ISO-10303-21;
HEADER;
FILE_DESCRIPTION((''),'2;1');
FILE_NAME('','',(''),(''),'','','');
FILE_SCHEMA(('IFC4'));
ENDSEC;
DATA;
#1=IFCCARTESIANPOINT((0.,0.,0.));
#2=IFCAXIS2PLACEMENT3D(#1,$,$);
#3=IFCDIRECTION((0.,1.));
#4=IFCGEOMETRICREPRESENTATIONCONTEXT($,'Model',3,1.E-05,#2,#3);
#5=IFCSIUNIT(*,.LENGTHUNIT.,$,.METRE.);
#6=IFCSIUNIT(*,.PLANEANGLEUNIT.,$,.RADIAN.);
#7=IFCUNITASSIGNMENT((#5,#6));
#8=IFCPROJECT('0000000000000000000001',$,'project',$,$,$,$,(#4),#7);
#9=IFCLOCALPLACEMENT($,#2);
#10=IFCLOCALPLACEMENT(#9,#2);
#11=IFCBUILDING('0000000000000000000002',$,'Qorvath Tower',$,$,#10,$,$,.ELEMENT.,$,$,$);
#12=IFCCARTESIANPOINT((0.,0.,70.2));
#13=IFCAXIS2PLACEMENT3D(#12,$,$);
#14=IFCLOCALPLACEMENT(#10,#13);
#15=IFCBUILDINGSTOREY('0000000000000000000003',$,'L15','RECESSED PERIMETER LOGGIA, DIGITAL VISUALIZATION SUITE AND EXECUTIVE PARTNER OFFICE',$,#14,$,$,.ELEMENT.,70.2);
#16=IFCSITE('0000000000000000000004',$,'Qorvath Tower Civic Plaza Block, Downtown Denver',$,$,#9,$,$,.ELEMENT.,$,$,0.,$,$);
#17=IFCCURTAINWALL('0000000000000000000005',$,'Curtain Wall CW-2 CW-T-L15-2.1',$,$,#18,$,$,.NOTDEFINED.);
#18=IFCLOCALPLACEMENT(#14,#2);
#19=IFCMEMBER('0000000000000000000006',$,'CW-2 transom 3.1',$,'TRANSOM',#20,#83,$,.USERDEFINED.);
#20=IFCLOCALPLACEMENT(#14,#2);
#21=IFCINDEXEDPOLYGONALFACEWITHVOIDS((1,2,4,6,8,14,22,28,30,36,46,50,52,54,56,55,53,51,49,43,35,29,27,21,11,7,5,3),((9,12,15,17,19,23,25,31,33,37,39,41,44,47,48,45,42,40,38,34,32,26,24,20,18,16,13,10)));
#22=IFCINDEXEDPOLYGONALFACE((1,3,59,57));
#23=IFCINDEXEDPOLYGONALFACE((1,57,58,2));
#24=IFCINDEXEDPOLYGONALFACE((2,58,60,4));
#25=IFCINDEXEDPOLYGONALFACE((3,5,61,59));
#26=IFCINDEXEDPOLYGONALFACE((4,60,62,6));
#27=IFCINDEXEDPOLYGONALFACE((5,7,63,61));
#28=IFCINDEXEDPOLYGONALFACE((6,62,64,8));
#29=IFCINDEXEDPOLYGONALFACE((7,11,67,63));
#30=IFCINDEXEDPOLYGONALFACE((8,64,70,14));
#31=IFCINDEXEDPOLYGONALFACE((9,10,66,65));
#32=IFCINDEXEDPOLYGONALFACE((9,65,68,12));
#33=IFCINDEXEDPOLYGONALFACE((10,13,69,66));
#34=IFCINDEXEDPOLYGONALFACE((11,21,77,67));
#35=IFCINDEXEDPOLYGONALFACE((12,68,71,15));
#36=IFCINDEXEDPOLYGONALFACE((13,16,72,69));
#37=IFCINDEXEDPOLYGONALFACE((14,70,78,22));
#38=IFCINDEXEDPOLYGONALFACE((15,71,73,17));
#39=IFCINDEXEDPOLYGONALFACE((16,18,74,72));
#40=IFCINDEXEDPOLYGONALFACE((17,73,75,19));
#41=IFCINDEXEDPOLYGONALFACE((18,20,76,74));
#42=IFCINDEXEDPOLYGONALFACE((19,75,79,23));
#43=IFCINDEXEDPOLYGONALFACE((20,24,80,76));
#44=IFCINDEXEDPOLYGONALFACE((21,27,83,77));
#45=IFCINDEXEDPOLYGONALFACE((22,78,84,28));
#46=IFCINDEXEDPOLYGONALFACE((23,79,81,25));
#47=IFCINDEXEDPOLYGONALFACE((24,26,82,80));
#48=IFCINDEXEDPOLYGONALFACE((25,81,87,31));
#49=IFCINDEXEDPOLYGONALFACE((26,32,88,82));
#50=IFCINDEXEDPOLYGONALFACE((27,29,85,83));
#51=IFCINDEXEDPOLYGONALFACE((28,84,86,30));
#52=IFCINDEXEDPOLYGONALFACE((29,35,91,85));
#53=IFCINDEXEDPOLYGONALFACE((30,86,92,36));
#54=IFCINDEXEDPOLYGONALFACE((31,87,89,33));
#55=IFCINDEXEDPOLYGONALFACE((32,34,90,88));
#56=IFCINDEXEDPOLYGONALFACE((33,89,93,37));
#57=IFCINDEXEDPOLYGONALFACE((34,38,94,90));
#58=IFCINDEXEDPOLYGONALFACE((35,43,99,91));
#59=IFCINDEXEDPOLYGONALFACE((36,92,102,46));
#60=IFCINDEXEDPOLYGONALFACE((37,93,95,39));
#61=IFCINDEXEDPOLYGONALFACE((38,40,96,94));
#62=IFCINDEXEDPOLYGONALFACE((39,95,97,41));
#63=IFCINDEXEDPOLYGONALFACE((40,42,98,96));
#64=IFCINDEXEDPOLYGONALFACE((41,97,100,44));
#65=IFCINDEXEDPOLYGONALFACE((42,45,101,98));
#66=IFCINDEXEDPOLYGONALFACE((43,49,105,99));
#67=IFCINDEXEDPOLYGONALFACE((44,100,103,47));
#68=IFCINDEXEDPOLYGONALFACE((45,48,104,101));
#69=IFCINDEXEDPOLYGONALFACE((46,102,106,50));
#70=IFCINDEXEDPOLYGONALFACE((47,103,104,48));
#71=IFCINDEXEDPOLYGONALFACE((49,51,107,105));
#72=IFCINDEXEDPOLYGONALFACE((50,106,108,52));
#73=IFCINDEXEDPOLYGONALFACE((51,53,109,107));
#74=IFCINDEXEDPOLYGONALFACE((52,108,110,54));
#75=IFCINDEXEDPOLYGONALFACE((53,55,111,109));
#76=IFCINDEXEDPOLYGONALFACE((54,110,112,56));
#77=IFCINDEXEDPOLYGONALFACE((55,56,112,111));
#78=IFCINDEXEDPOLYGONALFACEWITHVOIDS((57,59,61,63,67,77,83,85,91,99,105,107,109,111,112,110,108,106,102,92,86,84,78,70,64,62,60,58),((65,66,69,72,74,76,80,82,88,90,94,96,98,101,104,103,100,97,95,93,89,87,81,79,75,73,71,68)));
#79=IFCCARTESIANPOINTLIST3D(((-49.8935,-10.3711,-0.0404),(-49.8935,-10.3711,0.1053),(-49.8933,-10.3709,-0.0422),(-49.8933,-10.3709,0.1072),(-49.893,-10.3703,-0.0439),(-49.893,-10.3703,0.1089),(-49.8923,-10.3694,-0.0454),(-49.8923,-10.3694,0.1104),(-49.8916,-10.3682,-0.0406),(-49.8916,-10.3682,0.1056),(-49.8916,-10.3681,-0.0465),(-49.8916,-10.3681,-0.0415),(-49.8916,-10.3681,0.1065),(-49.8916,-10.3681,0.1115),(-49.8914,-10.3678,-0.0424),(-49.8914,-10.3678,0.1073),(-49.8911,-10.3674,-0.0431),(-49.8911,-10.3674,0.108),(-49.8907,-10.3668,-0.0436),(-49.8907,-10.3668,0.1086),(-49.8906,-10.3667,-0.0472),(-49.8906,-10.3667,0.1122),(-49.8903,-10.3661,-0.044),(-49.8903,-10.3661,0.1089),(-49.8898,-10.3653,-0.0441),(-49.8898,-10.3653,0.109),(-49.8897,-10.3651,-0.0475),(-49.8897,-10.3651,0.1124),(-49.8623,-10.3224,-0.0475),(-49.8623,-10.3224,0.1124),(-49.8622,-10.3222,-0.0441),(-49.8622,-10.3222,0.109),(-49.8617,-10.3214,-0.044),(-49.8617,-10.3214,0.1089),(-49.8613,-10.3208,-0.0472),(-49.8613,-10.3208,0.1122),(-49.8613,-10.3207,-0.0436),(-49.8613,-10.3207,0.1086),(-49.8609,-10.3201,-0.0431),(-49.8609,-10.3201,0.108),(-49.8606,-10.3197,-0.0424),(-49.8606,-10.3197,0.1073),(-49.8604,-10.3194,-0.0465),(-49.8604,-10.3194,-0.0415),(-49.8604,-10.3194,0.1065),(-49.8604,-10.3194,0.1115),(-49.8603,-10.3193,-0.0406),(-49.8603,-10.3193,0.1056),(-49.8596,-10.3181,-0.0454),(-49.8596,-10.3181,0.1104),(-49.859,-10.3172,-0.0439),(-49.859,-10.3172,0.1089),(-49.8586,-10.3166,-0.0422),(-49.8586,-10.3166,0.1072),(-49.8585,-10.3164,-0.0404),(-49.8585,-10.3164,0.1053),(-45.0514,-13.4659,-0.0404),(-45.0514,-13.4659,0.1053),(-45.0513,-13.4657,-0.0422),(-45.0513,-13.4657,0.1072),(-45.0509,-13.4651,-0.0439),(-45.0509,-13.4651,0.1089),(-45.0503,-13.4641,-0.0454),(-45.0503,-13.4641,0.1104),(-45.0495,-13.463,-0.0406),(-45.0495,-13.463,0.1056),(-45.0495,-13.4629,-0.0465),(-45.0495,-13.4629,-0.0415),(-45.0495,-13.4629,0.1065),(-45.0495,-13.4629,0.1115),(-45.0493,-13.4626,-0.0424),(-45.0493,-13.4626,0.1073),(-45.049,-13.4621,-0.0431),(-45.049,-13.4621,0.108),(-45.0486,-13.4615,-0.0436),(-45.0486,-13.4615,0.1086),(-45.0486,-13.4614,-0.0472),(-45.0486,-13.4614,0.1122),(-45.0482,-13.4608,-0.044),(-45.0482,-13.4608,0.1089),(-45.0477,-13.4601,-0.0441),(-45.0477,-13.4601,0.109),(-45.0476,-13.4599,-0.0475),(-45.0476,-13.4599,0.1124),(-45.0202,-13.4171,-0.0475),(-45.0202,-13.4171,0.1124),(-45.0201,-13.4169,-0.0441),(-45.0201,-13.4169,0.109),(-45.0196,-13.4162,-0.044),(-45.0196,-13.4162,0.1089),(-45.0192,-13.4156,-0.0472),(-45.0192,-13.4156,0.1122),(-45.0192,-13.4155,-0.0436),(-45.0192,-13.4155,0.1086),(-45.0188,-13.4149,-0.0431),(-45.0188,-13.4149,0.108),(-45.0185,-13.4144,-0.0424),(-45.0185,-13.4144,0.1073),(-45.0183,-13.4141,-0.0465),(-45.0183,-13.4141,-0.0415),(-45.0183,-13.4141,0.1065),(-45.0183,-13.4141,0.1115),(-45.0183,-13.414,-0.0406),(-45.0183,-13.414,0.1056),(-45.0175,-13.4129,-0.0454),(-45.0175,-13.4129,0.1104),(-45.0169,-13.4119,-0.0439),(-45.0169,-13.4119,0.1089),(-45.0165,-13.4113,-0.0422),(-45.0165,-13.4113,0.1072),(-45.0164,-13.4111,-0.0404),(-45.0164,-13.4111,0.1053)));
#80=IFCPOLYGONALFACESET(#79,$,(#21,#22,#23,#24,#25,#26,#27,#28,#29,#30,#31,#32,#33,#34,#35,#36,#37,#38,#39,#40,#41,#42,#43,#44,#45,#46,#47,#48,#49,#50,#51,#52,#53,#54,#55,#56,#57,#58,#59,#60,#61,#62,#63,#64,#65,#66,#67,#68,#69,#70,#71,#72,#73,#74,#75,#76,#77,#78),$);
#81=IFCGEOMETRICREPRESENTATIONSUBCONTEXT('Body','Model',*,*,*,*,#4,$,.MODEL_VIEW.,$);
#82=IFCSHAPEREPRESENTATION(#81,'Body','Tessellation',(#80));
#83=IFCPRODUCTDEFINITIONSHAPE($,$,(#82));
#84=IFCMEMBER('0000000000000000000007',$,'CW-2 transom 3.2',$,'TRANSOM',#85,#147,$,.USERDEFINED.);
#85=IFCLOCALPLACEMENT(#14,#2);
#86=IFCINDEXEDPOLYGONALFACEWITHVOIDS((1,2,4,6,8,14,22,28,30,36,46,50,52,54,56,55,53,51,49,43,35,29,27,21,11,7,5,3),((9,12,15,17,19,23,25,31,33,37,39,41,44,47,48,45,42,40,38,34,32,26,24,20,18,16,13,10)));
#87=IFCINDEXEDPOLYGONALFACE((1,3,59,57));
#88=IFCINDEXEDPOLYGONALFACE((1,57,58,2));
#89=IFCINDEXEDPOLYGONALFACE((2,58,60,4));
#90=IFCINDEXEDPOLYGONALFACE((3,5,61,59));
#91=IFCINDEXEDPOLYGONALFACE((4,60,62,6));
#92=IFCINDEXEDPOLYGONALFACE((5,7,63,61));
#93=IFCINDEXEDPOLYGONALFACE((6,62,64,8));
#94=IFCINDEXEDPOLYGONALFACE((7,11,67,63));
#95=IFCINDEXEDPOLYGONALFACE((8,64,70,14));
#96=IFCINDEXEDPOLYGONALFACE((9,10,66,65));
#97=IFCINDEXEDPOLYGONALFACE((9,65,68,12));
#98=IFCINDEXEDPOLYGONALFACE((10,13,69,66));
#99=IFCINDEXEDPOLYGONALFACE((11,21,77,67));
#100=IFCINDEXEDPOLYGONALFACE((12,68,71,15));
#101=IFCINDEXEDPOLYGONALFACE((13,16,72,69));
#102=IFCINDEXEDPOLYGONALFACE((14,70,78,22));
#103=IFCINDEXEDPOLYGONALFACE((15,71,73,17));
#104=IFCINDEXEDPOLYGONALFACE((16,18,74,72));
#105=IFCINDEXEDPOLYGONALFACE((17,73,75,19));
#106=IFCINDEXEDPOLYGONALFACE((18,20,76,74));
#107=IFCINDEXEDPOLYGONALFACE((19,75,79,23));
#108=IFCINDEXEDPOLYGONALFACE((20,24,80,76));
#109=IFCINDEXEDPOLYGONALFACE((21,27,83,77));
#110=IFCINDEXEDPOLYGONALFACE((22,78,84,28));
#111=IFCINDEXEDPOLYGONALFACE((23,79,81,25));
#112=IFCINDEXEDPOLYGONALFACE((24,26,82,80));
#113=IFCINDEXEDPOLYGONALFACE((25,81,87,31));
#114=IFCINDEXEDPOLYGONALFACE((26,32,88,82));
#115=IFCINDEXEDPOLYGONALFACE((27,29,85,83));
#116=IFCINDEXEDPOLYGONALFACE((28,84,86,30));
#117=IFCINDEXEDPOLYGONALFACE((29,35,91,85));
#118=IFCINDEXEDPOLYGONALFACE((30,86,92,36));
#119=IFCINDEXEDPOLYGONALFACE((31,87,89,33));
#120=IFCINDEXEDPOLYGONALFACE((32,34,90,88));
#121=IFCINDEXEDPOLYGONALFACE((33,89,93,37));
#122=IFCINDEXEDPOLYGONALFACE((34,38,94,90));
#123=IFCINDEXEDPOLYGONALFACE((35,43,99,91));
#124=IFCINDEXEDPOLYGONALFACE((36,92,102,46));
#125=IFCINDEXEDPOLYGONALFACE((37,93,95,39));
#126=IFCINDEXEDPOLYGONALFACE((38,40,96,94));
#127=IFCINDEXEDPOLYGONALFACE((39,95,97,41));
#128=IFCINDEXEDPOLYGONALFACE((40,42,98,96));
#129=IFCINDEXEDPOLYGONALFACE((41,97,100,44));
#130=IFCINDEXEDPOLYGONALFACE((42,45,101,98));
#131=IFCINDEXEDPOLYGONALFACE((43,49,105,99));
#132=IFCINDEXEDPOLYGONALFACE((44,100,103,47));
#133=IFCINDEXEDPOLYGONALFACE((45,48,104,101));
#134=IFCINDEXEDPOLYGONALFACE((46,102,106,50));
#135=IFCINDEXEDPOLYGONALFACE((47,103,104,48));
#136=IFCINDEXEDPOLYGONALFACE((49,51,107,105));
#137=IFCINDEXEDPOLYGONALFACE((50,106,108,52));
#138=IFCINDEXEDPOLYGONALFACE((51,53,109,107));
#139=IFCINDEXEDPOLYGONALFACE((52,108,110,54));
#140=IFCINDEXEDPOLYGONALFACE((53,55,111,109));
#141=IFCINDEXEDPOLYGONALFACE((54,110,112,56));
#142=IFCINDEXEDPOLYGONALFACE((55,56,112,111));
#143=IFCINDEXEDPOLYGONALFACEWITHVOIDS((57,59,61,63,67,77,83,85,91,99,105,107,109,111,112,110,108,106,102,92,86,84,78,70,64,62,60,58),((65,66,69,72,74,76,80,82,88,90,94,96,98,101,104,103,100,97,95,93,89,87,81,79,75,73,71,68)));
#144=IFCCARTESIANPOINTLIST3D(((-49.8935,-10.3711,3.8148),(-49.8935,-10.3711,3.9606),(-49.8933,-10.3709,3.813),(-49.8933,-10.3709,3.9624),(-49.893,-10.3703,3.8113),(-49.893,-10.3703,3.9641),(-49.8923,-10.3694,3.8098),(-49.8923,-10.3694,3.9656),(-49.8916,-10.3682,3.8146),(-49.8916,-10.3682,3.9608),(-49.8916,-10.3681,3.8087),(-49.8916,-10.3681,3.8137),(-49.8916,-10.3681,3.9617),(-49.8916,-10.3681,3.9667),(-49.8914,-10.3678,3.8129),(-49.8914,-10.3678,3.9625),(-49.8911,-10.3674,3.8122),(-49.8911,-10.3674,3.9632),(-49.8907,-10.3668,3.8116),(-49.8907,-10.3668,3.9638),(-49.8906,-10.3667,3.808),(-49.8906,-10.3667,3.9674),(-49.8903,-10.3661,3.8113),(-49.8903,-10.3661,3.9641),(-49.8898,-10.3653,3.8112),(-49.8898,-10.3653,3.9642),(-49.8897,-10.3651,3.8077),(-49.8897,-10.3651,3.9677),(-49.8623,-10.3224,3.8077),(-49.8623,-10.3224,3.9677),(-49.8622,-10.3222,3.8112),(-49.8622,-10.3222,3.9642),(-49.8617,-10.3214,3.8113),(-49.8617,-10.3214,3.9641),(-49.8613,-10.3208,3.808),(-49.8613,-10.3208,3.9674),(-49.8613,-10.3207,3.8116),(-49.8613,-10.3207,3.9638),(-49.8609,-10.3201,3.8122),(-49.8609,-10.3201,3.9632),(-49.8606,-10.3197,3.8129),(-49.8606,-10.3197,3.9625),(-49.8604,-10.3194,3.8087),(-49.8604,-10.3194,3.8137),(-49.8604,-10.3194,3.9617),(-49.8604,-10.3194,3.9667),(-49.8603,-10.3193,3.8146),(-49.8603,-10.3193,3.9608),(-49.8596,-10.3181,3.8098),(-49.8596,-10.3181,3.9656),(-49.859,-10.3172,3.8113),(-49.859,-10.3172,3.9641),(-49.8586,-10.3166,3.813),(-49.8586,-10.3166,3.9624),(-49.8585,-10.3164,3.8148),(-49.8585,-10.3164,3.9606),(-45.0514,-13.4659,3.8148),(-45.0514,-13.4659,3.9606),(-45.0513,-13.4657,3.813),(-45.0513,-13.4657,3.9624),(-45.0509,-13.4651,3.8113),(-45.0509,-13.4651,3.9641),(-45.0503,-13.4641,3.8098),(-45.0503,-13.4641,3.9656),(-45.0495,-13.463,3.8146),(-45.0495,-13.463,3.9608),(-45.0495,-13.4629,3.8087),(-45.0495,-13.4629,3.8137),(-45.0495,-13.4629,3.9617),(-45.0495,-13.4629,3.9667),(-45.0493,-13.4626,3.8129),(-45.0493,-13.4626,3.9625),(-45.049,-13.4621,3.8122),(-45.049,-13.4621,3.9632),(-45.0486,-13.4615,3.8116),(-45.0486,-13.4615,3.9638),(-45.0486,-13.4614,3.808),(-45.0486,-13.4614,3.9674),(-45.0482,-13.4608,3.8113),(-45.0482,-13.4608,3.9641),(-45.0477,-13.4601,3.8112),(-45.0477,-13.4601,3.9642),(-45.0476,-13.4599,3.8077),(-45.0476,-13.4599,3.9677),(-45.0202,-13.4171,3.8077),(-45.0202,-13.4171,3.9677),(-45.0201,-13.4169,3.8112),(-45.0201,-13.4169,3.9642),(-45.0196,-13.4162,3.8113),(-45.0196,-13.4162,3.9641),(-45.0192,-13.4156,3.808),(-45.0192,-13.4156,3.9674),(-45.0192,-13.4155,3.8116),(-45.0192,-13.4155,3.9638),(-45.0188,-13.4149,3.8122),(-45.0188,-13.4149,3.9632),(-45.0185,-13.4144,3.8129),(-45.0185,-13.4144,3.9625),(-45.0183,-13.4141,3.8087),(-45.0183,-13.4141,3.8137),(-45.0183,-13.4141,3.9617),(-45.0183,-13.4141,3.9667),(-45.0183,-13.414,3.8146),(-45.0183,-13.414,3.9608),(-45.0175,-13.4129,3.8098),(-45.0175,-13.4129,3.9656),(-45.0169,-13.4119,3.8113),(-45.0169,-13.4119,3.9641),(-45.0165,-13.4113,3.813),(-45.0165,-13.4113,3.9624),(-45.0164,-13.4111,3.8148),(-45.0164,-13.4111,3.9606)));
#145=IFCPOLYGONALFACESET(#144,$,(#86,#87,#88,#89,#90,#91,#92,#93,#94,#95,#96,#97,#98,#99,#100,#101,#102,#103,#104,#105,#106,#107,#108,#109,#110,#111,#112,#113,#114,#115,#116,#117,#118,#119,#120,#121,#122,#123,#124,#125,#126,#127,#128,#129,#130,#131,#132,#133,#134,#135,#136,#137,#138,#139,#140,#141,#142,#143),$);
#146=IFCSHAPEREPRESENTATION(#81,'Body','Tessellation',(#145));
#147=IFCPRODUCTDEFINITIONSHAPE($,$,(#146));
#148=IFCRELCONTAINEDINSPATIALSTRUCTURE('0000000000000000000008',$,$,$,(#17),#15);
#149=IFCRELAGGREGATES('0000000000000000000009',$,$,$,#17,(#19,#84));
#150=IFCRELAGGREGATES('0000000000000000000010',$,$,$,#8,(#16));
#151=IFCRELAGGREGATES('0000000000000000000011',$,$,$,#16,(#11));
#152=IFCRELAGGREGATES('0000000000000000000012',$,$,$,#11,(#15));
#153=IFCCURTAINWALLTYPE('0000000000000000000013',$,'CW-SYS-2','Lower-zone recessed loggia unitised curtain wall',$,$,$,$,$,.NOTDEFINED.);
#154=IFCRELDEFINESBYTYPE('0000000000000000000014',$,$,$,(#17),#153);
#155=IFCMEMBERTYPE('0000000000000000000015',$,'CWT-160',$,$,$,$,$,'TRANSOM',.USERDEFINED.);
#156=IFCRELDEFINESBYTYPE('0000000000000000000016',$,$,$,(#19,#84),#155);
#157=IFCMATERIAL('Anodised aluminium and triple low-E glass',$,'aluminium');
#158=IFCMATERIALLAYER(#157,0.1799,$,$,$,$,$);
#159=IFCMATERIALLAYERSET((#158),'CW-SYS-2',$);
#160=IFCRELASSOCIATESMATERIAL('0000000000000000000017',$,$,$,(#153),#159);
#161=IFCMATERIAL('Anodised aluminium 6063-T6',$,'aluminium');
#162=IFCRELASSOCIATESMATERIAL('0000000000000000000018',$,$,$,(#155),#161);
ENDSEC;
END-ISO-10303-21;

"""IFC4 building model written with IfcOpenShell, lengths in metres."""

from ifc_helpers import new_model, si_unit, direction, frame, origin, origin_2d, place, context, subcontext, project, spatial, hollow_rectangle, extrude, material, layer, layer_set, material_profile, profile_set, type_object, element, aggregate, save


model = new_model("IFC4")

# Units and contexts
model_context = context("Model", 3, precision=1e-05, world=origin(), true_north=direction((0.0, 1.0)))
body_context = subcontext(model_context, "Body", "Model", "MODEL_VIEW")
ifc_project = project(units=[si_unit("LENGTHUNIT", "METRE"), si_unit("PLANEANGLEUNIT", "RADIAN")], contexts=[model_context])

# Site, building, storey
site_placement = place(None, origin())
site = spatial("IfcSite", under=ifc_project, at=site_placement, Name="Qorvath Tower Civic Plaza Block, Downtown Denver", CompositionType="ELEMENT", RefElevation=0.0)
building_placement = place(site_placement, origin())
building = spatial("IfcBuilding", under=site, at=building_placement, Name="Qorvath Tower", CompositionType="ELEMENT")
storey_placement = place(building_placement, frame((0.0, 0.0, 70.2)))
storey = spatial("IfcBuildingStorey", under=building, at=storey_placement, Name="L15", Description="RECESSED PERIMETER LOGGIA, DIGITAL VISUALIZATION SUITE AND EXECUTIVE PARTNER OFFICE", CompositionType="ELEMENT", Elevation=70.2)

# Curtain wall, members
ifc_material_1 = material(Name="Anodised aluminium and triple low-E glass", Category="aluminium")
ifc_layer_1 = layer(ifc_material_1, 0.1799)
ifc_layer_set_1 = layer_set([ifc_layer_1], Name="CW-SYS-2")
curtain_wall_type = type_object("IfcCurtainWallType", Name="CW-SYS-2", Description="Lower-zone recessed loggia unitised curtain wall", PredefinedType="NOTDEFINED", material=ifc_layer_set_1)
curtain_wall_placement = place(storey_placement, origin())
curtain_wall = element("IfcCurtainWall", 1, at=curtain_wall_placement, inside=storey, type_object=curtain_wall_type, Name="Curtain Wall CW-2 CW-T-L15-2.1", PredefinedType="NOTDEFINED")
ifc_material_2 = material(Name="Anodised aluminium 6063-T6", Category="aluminium")
ifc_material_profile_1 = material_profile(ifc_material_2, hollow_rectangle(XDim=0.0649, YDim=0.1599, WallThickness=0.0034, InnerFilletRadius=0.0034, OuterFilletRadius=0.0071, at=origin_2d()), Name="CWT 160x65")
ifc_profile_set_1 = profile_set([ifc_material_profile_1], Name="Anodised aluminium 6063-T6")
member_type_1 = type_object("IfcMemberType", Name="CWT-160", ElementType="TRANSOM", PredefinedType="USERDEFINED", material=ifc_profile_set_1)
member_1_placement = place(storey_placement, frame((-49.876, -10.3438, 0.0325), z_axis=(0.842601, -0.538538, 0.0), x_axis=(0.538538, 0.842601, 0.0)))
member_1 = element("IfcMember", 2, at=member_1_placement, type_object=member_type_1, Name="CW-2 transom 3.1", ObjectType="TRANSOM", PredefinedType="USERDEFINED", context=body_context, shape_type="SweptSolid", body=[
    extrude(hollow_rectangle(XDim=0.0649, YDim=0.1599, WallThickness=0.0034, InnerFilletRadius=0.0034, OuterFilletRadius=0.0071, at=origin_2d()), origin(), (0.0, 0.0, 1.0), 5.7466),
])
member_2_placement = place(storey_placement, frame((-49.876, -10.3438, 3.8877), z_axis=(0.842601, -0.538538, 0.0), x_axis=(0.538538, 0.842601, 0.0)))
member_2 = element("IfcMember", 3, at=member_2_placement, type_object=member_type_1, Name="CW-2 transom 3.2", ObjectType="TRANSOM", PredefinedType="USERDEFINED", context=body_context, shape_type="SweptSolid", body=[
    extrude(hollow_rectangle(XDim=0.0649, YDim=0.1599, WallThickness=0.0034, InnerFilletRadius=0.0034, OuterFilletRadius=0.0071, at=origin_2d()), origin(), (0.0, 0.0, 1.0), 5.7466),
])
aggregate(curtain_wall, [member_1, member_2])

save(model, "model.ifc")
